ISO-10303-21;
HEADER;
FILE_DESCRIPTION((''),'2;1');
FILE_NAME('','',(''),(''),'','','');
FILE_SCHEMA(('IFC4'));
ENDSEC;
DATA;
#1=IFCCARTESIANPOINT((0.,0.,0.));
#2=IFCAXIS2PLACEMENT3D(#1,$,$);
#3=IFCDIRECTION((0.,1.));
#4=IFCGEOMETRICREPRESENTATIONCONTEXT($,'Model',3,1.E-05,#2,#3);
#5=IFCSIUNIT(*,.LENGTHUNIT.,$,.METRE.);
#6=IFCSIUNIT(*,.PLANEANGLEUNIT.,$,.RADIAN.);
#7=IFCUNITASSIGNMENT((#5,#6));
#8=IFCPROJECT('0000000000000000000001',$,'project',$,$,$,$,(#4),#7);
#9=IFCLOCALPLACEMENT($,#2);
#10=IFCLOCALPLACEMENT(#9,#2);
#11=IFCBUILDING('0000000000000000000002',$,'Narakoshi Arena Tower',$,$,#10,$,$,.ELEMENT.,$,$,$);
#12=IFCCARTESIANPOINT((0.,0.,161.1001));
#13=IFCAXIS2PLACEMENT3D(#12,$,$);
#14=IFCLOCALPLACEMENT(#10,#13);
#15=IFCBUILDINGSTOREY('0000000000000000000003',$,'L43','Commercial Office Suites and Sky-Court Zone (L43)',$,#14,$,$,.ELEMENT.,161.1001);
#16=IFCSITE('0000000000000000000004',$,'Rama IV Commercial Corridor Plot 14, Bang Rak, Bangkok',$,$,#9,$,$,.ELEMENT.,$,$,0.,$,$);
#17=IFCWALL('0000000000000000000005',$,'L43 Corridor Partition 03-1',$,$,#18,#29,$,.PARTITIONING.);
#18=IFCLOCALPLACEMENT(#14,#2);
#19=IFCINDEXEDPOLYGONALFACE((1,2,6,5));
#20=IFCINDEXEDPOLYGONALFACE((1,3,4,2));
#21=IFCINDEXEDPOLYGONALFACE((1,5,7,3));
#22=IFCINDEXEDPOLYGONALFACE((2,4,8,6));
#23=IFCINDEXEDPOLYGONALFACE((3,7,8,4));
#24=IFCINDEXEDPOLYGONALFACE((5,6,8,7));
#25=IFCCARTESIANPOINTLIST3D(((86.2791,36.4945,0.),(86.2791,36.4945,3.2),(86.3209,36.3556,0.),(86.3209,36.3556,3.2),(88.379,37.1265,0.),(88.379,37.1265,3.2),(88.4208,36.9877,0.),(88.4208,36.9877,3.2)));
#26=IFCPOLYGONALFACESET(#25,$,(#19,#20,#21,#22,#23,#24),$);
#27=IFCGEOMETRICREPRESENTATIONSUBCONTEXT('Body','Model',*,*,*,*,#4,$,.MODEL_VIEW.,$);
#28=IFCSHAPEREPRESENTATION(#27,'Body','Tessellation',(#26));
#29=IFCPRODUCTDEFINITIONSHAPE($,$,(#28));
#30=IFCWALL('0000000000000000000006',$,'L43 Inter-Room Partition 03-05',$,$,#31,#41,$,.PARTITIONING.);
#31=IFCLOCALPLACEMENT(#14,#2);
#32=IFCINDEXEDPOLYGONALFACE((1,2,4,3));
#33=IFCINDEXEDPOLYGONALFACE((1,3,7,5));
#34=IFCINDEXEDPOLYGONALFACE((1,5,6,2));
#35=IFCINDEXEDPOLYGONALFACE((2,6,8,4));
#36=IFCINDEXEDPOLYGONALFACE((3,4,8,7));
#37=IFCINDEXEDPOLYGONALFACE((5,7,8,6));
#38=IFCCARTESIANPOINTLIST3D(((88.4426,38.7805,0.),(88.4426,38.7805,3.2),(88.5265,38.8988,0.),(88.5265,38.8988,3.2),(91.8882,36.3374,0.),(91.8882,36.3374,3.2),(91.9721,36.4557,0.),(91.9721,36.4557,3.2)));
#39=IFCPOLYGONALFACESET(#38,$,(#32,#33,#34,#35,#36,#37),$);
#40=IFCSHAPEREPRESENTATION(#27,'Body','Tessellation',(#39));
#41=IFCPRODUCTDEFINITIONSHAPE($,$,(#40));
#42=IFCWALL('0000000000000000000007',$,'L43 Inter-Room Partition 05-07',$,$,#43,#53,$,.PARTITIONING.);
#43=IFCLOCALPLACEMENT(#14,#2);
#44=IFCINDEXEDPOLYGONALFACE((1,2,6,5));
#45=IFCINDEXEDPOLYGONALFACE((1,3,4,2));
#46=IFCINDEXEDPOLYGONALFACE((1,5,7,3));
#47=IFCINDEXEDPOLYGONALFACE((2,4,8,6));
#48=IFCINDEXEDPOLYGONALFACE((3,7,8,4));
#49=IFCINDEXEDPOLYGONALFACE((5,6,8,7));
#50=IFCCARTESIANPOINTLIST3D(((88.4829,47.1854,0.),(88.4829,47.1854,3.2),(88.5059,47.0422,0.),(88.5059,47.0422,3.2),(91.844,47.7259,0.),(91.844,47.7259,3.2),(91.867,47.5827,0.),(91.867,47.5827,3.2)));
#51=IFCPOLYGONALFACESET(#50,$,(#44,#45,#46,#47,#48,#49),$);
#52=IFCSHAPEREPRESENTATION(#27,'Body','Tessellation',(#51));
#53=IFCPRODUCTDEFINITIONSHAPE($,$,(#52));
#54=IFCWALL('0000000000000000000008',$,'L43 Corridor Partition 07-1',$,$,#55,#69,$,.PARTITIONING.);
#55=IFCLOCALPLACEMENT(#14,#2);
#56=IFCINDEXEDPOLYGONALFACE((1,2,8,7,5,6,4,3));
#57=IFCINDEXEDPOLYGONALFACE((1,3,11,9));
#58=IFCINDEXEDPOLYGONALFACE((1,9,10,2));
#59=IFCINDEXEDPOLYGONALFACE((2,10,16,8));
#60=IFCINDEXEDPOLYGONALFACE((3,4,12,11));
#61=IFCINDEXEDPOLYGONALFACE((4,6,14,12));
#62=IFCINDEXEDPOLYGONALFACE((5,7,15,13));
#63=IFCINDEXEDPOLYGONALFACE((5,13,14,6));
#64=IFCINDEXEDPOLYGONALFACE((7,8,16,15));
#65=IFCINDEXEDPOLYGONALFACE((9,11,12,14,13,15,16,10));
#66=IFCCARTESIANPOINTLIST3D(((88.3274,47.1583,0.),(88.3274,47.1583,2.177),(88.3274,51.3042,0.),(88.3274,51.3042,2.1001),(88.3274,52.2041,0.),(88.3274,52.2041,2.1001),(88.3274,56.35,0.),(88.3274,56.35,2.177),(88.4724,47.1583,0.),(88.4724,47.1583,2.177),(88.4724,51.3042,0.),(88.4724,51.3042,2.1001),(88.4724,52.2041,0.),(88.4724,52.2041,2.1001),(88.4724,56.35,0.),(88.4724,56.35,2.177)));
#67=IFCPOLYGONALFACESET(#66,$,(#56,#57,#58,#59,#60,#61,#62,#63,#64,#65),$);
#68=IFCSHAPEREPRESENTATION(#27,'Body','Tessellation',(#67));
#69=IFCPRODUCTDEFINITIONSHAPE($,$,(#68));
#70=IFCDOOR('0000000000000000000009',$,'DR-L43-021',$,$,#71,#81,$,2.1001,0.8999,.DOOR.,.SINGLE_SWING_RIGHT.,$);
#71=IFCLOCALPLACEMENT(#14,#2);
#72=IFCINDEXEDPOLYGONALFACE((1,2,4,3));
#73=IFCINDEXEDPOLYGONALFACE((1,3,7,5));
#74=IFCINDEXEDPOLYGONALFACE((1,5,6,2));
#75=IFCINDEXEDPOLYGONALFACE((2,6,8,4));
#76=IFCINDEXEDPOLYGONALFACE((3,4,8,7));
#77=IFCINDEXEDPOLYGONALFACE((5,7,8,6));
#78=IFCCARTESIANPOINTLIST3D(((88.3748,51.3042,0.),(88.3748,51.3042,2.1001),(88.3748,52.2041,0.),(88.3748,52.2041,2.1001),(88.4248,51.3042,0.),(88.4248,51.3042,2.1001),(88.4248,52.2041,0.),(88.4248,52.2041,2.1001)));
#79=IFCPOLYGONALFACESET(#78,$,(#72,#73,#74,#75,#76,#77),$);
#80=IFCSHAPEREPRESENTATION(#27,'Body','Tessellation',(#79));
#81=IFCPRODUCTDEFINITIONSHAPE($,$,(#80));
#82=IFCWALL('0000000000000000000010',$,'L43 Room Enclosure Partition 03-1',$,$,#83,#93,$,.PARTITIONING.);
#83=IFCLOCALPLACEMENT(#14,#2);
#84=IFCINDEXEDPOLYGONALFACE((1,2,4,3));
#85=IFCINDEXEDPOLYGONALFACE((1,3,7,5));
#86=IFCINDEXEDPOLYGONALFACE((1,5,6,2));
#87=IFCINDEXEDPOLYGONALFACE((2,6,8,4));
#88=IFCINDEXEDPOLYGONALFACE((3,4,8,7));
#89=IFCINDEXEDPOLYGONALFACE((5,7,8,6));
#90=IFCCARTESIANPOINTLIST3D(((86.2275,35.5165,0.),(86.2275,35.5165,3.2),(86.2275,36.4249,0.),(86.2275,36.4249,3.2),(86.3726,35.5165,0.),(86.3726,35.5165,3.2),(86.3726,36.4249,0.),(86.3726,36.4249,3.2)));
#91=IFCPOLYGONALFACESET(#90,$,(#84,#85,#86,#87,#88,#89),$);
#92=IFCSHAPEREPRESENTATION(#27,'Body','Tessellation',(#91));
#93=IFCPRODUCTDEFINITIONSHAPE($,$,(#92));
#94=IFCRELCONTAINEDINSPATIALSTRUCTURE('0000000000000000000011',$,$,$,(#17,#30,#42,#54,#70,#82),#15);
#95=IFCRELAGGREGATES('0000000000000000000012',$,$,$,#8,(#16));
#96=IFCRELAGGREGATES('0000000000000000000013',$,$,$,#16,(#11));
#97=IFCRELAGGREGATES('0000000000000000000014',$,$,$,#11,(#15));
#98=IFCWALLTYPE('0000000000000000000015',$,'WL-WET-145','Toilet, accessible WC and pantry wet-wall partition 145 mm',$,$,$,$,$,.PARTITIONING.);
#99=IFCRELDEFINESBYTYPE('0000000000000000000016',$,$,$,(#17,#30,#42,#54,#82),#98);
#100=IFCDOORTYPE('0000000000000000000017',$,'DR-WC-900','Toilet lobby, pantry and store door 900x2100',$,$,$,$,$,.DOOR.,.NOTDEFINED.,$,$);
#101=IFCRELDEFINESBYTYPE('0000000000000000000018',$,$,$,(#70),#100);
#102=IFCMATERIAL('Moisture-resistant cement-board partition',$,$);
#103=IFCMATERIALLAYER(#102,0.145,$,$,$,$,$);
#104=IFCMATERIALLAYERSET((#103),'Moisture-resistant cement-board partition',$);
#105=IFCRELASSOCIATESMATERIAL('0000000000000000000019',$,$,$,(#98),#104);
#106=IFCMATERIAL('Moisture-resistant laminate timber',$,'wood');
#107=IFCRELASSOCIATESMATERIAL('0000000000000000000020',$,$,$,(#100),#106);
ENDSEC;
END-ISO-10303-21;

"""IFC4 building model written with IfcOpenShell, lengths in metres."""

from ifc_helpers import new_model, si_unit, direction, frame, frame_2d, origin, place, context, subcontext, project, spatial, rectangle, extrude, material, layer, layer_set, type_object, element, fill, save


model = new_model("IFC4")

# Units and contexts
model_context = context("Model", 3, precision=1e-05, world=origin(), true_north=direction((0.0, 1.0)))
body_context = subcontext(model_context, "Body", "Model", "MODEL_VIEW")
ifc_project = project(units=[si_unit("LENGTHUNIT", "METRE"), si_unit("PLANEANGLEUNIT", "RADIAN")], contexts=[model_context])

# Site, building, storey
site_placement = place(None, origin())
site = spatial("IfcSite", under=ifc_project, at=site_placement, Name="Rama IV Commercial Corridor Plot 14, Bang Rak, Bangkok", CompositionType="ELEMENT", RefElevation=0.0)
building_placement = place(site_placement, origin())
building = spatial("IfcBuilding", under=site, at=building_placement, Name="Narakoshi Arena Tower", CompositionType="ELEMENT")
storey_placement = place(building_placement, frame((0.0, 0.0, 161.1001)))
storey = spatial("IfcBuildingStorey", under=building, at=storey_placement, Name="L43", Description="Commercial Office Suites and Sky-Court Zone (L43)", CompositionType="ELEMENT", Elevation=161.1001)

# Wall
ifc_material_1 = material(Name="Moisture-resistant cement-board partition")
ifc_layer_1 = layer(ifc_material_1, 0.145)
ifc_layer_set_1 = layer_set([ifc_layer_1], Name="Moisture-resistant cement-board partition")
wall_type_1 = type_object("IfcWallType", Name="WL-WET-145", Description="Toilet, accessible WC and pantry wet-wall partition 145 mm", PredefinedType="PARTITIONING", material=ifc_layer_set_1)
wall_1_placement = place(storey_placement, frame((86.3, 36.425, 0.0), z_axis=(0.0, 0.0, 1.0), x_axis=(0.957559, 0.288236, 0.0)))
element("IfcWall", 1, at=wall_1_placement, inside=storey, type_object=wall_type_1, Name="L43 Corridor Partition 03-1", PredefinedType="PARTITIONING", context=body_context, shape_type="SweptSolid", body=[
    extrude(rectangle(XDim=2.1929, YDim=0.145, at=frame_2d((1.0964, 0.0))), origin(), (0.0, 0.0, 1.0), 3.2),
])

# Walls
wall_2_placement = place(storey_placement, frame((88.4846, 38.8396, 0.0), z_axis=(0.0, 0.0, 1.0), x_axis=(0.815744, -0.578413, 0.0)))
element("IfcWall", 2, at=wall_2_placement, inside=storey, type_object=wall_type_1, Name="L43 Inter-Room Partition 03-05", PredefinedType="PARTITIONING", context=body_context, shape_type="SweptSolid", body=[
    extrude(rectangle(XDim=4.2239, YDim=0.145, at=frame_2d((2.1118, 0.0))), origin(), (0.0, 0.0, 1.0), 3.2),
])
wall_3_placement = place(storey_placement, frame((88.4944, 47.1138, 0.0), z_axis=(0.0, 0.0, 1.0), x_axis=(0.987314, 0.158779, 0.0)))
element("IfcWall", 3, at=wall_3_placement, inside=storey, type_object=wall_type_1, Name="L43 Inter-Room Partition 05-07", PredefinedType="PARTITIONING", context=body_context, shape_type="SweptSolid", body=[
    extrude(rectangle(XDim=3.4043, YDim=0.145, at=frame_2d((1.7021, 0.0))), origin(), (0.0, 0.0, 1.0), 3.2),
])

# Wall, opening, door
wall_4_placement = place(storey_placement, frame((88.3999, 47.1584, 0.0), z_axis=(0.0, 0.0, 1.0), x_axis=(0.0, 1.0, 0.0)))
wall_4 = element("IfcWall", 4, at=wall_4_placement, inside=storey, type_object=wall_type_1, Name="L43 Corridor Partition 07-1", PredefinedType="PARTITIONING", context=body_context, shape_type="SweptSolid", body=[
    extrude(rectangle(XDim=9.1917, YDim=0.145, at=frame_2d((4.5957, 0.0))), origin(), (0.0, 0.0, 1.0), 2.177),
])
opening_1_placement = place(wall_4_placement, frame((4.1458, 0.0, 0.0)))
opening_1 = element("IfcOpeningElement", 5, at=opening_1_placement, cuts=wall_4, PredefinedType="OPENING", context=body_context, shape_type="SweptSolid", body=[
    extrude(rectangle(XDim=0.8999, YDim=2.1001, at=frame_2d((0.45, 1.05))), frame((0.0, 0.0825, 0.0), z_axis=(0.0, -1.0, 0.0), x_axis=(1.0, 0.0, 0.0)), (0.0, 0.0, 1.0), 0.165),
])
ifc_material_2 = material(Name="Moisture-resistant laminate timber", Category="wood")
door_type_1 = type_object("IfcDoorType", Name="DR-WC-900", Description="Toilet lobby, pantry and store door 900x2100", OperationType="NOTDEFINED", PredefinedType="DOOR", material=ifc_material_2)
door_1_placement = place(opening_1_placement, frame((0.8999, 0.0, 0.0), z_axis=(0.0, 0.0, 1.0), x_axis=(-1.0, 0.0, 0.0)))
door_1 = element("IfcDoor", 6, at=door_1_placement, inside=storey, type_object=door_type_1, Name="DR-L43-021", OperationType="SINGLE_SWING_RIGHT", OverallHeight=2.1001, OverallWidth=0.8999, PredefinedType="DOOR", context=body_context, shape_type="SweptSolid", body=[
    extrude(rectangle(XDim=0.8999, YDim=2.1001, at=frame_2d((0.45, 1.05))), frame((0.0, 0.0249, 0.0), z_axis=(0.0, -1.0, 0.0), x_axis=(1.0, 0.0, 0.0)), (0.0, 0.0, 1.0), 0.05),
])
fill(opening_1, door_1)

# Wall
wall_5_placement = place(storey_placement, frame((86.3, 35.5166, 0.0), z_axis=(0.0, 0.0, 1.0), x_axis=(0.0, 1.0, 0.0)))
element("IfcWall", 7, at=wall_5_placement, inside=storey, type_object=wall_type_1, Name="L43 Room Enclosure Partition 03-1", PredefinedType="PARTITIONING", context=body_context, shape_type="SweptSolid", body=[
    extrude(rectangle(XDim=0.9084, YDim=0.145, at=frame_2d((0.4541, 0.0))), origin(), (0.0, 0.0, 1.0), 3.2),
])

save(model, "model.ifc")
